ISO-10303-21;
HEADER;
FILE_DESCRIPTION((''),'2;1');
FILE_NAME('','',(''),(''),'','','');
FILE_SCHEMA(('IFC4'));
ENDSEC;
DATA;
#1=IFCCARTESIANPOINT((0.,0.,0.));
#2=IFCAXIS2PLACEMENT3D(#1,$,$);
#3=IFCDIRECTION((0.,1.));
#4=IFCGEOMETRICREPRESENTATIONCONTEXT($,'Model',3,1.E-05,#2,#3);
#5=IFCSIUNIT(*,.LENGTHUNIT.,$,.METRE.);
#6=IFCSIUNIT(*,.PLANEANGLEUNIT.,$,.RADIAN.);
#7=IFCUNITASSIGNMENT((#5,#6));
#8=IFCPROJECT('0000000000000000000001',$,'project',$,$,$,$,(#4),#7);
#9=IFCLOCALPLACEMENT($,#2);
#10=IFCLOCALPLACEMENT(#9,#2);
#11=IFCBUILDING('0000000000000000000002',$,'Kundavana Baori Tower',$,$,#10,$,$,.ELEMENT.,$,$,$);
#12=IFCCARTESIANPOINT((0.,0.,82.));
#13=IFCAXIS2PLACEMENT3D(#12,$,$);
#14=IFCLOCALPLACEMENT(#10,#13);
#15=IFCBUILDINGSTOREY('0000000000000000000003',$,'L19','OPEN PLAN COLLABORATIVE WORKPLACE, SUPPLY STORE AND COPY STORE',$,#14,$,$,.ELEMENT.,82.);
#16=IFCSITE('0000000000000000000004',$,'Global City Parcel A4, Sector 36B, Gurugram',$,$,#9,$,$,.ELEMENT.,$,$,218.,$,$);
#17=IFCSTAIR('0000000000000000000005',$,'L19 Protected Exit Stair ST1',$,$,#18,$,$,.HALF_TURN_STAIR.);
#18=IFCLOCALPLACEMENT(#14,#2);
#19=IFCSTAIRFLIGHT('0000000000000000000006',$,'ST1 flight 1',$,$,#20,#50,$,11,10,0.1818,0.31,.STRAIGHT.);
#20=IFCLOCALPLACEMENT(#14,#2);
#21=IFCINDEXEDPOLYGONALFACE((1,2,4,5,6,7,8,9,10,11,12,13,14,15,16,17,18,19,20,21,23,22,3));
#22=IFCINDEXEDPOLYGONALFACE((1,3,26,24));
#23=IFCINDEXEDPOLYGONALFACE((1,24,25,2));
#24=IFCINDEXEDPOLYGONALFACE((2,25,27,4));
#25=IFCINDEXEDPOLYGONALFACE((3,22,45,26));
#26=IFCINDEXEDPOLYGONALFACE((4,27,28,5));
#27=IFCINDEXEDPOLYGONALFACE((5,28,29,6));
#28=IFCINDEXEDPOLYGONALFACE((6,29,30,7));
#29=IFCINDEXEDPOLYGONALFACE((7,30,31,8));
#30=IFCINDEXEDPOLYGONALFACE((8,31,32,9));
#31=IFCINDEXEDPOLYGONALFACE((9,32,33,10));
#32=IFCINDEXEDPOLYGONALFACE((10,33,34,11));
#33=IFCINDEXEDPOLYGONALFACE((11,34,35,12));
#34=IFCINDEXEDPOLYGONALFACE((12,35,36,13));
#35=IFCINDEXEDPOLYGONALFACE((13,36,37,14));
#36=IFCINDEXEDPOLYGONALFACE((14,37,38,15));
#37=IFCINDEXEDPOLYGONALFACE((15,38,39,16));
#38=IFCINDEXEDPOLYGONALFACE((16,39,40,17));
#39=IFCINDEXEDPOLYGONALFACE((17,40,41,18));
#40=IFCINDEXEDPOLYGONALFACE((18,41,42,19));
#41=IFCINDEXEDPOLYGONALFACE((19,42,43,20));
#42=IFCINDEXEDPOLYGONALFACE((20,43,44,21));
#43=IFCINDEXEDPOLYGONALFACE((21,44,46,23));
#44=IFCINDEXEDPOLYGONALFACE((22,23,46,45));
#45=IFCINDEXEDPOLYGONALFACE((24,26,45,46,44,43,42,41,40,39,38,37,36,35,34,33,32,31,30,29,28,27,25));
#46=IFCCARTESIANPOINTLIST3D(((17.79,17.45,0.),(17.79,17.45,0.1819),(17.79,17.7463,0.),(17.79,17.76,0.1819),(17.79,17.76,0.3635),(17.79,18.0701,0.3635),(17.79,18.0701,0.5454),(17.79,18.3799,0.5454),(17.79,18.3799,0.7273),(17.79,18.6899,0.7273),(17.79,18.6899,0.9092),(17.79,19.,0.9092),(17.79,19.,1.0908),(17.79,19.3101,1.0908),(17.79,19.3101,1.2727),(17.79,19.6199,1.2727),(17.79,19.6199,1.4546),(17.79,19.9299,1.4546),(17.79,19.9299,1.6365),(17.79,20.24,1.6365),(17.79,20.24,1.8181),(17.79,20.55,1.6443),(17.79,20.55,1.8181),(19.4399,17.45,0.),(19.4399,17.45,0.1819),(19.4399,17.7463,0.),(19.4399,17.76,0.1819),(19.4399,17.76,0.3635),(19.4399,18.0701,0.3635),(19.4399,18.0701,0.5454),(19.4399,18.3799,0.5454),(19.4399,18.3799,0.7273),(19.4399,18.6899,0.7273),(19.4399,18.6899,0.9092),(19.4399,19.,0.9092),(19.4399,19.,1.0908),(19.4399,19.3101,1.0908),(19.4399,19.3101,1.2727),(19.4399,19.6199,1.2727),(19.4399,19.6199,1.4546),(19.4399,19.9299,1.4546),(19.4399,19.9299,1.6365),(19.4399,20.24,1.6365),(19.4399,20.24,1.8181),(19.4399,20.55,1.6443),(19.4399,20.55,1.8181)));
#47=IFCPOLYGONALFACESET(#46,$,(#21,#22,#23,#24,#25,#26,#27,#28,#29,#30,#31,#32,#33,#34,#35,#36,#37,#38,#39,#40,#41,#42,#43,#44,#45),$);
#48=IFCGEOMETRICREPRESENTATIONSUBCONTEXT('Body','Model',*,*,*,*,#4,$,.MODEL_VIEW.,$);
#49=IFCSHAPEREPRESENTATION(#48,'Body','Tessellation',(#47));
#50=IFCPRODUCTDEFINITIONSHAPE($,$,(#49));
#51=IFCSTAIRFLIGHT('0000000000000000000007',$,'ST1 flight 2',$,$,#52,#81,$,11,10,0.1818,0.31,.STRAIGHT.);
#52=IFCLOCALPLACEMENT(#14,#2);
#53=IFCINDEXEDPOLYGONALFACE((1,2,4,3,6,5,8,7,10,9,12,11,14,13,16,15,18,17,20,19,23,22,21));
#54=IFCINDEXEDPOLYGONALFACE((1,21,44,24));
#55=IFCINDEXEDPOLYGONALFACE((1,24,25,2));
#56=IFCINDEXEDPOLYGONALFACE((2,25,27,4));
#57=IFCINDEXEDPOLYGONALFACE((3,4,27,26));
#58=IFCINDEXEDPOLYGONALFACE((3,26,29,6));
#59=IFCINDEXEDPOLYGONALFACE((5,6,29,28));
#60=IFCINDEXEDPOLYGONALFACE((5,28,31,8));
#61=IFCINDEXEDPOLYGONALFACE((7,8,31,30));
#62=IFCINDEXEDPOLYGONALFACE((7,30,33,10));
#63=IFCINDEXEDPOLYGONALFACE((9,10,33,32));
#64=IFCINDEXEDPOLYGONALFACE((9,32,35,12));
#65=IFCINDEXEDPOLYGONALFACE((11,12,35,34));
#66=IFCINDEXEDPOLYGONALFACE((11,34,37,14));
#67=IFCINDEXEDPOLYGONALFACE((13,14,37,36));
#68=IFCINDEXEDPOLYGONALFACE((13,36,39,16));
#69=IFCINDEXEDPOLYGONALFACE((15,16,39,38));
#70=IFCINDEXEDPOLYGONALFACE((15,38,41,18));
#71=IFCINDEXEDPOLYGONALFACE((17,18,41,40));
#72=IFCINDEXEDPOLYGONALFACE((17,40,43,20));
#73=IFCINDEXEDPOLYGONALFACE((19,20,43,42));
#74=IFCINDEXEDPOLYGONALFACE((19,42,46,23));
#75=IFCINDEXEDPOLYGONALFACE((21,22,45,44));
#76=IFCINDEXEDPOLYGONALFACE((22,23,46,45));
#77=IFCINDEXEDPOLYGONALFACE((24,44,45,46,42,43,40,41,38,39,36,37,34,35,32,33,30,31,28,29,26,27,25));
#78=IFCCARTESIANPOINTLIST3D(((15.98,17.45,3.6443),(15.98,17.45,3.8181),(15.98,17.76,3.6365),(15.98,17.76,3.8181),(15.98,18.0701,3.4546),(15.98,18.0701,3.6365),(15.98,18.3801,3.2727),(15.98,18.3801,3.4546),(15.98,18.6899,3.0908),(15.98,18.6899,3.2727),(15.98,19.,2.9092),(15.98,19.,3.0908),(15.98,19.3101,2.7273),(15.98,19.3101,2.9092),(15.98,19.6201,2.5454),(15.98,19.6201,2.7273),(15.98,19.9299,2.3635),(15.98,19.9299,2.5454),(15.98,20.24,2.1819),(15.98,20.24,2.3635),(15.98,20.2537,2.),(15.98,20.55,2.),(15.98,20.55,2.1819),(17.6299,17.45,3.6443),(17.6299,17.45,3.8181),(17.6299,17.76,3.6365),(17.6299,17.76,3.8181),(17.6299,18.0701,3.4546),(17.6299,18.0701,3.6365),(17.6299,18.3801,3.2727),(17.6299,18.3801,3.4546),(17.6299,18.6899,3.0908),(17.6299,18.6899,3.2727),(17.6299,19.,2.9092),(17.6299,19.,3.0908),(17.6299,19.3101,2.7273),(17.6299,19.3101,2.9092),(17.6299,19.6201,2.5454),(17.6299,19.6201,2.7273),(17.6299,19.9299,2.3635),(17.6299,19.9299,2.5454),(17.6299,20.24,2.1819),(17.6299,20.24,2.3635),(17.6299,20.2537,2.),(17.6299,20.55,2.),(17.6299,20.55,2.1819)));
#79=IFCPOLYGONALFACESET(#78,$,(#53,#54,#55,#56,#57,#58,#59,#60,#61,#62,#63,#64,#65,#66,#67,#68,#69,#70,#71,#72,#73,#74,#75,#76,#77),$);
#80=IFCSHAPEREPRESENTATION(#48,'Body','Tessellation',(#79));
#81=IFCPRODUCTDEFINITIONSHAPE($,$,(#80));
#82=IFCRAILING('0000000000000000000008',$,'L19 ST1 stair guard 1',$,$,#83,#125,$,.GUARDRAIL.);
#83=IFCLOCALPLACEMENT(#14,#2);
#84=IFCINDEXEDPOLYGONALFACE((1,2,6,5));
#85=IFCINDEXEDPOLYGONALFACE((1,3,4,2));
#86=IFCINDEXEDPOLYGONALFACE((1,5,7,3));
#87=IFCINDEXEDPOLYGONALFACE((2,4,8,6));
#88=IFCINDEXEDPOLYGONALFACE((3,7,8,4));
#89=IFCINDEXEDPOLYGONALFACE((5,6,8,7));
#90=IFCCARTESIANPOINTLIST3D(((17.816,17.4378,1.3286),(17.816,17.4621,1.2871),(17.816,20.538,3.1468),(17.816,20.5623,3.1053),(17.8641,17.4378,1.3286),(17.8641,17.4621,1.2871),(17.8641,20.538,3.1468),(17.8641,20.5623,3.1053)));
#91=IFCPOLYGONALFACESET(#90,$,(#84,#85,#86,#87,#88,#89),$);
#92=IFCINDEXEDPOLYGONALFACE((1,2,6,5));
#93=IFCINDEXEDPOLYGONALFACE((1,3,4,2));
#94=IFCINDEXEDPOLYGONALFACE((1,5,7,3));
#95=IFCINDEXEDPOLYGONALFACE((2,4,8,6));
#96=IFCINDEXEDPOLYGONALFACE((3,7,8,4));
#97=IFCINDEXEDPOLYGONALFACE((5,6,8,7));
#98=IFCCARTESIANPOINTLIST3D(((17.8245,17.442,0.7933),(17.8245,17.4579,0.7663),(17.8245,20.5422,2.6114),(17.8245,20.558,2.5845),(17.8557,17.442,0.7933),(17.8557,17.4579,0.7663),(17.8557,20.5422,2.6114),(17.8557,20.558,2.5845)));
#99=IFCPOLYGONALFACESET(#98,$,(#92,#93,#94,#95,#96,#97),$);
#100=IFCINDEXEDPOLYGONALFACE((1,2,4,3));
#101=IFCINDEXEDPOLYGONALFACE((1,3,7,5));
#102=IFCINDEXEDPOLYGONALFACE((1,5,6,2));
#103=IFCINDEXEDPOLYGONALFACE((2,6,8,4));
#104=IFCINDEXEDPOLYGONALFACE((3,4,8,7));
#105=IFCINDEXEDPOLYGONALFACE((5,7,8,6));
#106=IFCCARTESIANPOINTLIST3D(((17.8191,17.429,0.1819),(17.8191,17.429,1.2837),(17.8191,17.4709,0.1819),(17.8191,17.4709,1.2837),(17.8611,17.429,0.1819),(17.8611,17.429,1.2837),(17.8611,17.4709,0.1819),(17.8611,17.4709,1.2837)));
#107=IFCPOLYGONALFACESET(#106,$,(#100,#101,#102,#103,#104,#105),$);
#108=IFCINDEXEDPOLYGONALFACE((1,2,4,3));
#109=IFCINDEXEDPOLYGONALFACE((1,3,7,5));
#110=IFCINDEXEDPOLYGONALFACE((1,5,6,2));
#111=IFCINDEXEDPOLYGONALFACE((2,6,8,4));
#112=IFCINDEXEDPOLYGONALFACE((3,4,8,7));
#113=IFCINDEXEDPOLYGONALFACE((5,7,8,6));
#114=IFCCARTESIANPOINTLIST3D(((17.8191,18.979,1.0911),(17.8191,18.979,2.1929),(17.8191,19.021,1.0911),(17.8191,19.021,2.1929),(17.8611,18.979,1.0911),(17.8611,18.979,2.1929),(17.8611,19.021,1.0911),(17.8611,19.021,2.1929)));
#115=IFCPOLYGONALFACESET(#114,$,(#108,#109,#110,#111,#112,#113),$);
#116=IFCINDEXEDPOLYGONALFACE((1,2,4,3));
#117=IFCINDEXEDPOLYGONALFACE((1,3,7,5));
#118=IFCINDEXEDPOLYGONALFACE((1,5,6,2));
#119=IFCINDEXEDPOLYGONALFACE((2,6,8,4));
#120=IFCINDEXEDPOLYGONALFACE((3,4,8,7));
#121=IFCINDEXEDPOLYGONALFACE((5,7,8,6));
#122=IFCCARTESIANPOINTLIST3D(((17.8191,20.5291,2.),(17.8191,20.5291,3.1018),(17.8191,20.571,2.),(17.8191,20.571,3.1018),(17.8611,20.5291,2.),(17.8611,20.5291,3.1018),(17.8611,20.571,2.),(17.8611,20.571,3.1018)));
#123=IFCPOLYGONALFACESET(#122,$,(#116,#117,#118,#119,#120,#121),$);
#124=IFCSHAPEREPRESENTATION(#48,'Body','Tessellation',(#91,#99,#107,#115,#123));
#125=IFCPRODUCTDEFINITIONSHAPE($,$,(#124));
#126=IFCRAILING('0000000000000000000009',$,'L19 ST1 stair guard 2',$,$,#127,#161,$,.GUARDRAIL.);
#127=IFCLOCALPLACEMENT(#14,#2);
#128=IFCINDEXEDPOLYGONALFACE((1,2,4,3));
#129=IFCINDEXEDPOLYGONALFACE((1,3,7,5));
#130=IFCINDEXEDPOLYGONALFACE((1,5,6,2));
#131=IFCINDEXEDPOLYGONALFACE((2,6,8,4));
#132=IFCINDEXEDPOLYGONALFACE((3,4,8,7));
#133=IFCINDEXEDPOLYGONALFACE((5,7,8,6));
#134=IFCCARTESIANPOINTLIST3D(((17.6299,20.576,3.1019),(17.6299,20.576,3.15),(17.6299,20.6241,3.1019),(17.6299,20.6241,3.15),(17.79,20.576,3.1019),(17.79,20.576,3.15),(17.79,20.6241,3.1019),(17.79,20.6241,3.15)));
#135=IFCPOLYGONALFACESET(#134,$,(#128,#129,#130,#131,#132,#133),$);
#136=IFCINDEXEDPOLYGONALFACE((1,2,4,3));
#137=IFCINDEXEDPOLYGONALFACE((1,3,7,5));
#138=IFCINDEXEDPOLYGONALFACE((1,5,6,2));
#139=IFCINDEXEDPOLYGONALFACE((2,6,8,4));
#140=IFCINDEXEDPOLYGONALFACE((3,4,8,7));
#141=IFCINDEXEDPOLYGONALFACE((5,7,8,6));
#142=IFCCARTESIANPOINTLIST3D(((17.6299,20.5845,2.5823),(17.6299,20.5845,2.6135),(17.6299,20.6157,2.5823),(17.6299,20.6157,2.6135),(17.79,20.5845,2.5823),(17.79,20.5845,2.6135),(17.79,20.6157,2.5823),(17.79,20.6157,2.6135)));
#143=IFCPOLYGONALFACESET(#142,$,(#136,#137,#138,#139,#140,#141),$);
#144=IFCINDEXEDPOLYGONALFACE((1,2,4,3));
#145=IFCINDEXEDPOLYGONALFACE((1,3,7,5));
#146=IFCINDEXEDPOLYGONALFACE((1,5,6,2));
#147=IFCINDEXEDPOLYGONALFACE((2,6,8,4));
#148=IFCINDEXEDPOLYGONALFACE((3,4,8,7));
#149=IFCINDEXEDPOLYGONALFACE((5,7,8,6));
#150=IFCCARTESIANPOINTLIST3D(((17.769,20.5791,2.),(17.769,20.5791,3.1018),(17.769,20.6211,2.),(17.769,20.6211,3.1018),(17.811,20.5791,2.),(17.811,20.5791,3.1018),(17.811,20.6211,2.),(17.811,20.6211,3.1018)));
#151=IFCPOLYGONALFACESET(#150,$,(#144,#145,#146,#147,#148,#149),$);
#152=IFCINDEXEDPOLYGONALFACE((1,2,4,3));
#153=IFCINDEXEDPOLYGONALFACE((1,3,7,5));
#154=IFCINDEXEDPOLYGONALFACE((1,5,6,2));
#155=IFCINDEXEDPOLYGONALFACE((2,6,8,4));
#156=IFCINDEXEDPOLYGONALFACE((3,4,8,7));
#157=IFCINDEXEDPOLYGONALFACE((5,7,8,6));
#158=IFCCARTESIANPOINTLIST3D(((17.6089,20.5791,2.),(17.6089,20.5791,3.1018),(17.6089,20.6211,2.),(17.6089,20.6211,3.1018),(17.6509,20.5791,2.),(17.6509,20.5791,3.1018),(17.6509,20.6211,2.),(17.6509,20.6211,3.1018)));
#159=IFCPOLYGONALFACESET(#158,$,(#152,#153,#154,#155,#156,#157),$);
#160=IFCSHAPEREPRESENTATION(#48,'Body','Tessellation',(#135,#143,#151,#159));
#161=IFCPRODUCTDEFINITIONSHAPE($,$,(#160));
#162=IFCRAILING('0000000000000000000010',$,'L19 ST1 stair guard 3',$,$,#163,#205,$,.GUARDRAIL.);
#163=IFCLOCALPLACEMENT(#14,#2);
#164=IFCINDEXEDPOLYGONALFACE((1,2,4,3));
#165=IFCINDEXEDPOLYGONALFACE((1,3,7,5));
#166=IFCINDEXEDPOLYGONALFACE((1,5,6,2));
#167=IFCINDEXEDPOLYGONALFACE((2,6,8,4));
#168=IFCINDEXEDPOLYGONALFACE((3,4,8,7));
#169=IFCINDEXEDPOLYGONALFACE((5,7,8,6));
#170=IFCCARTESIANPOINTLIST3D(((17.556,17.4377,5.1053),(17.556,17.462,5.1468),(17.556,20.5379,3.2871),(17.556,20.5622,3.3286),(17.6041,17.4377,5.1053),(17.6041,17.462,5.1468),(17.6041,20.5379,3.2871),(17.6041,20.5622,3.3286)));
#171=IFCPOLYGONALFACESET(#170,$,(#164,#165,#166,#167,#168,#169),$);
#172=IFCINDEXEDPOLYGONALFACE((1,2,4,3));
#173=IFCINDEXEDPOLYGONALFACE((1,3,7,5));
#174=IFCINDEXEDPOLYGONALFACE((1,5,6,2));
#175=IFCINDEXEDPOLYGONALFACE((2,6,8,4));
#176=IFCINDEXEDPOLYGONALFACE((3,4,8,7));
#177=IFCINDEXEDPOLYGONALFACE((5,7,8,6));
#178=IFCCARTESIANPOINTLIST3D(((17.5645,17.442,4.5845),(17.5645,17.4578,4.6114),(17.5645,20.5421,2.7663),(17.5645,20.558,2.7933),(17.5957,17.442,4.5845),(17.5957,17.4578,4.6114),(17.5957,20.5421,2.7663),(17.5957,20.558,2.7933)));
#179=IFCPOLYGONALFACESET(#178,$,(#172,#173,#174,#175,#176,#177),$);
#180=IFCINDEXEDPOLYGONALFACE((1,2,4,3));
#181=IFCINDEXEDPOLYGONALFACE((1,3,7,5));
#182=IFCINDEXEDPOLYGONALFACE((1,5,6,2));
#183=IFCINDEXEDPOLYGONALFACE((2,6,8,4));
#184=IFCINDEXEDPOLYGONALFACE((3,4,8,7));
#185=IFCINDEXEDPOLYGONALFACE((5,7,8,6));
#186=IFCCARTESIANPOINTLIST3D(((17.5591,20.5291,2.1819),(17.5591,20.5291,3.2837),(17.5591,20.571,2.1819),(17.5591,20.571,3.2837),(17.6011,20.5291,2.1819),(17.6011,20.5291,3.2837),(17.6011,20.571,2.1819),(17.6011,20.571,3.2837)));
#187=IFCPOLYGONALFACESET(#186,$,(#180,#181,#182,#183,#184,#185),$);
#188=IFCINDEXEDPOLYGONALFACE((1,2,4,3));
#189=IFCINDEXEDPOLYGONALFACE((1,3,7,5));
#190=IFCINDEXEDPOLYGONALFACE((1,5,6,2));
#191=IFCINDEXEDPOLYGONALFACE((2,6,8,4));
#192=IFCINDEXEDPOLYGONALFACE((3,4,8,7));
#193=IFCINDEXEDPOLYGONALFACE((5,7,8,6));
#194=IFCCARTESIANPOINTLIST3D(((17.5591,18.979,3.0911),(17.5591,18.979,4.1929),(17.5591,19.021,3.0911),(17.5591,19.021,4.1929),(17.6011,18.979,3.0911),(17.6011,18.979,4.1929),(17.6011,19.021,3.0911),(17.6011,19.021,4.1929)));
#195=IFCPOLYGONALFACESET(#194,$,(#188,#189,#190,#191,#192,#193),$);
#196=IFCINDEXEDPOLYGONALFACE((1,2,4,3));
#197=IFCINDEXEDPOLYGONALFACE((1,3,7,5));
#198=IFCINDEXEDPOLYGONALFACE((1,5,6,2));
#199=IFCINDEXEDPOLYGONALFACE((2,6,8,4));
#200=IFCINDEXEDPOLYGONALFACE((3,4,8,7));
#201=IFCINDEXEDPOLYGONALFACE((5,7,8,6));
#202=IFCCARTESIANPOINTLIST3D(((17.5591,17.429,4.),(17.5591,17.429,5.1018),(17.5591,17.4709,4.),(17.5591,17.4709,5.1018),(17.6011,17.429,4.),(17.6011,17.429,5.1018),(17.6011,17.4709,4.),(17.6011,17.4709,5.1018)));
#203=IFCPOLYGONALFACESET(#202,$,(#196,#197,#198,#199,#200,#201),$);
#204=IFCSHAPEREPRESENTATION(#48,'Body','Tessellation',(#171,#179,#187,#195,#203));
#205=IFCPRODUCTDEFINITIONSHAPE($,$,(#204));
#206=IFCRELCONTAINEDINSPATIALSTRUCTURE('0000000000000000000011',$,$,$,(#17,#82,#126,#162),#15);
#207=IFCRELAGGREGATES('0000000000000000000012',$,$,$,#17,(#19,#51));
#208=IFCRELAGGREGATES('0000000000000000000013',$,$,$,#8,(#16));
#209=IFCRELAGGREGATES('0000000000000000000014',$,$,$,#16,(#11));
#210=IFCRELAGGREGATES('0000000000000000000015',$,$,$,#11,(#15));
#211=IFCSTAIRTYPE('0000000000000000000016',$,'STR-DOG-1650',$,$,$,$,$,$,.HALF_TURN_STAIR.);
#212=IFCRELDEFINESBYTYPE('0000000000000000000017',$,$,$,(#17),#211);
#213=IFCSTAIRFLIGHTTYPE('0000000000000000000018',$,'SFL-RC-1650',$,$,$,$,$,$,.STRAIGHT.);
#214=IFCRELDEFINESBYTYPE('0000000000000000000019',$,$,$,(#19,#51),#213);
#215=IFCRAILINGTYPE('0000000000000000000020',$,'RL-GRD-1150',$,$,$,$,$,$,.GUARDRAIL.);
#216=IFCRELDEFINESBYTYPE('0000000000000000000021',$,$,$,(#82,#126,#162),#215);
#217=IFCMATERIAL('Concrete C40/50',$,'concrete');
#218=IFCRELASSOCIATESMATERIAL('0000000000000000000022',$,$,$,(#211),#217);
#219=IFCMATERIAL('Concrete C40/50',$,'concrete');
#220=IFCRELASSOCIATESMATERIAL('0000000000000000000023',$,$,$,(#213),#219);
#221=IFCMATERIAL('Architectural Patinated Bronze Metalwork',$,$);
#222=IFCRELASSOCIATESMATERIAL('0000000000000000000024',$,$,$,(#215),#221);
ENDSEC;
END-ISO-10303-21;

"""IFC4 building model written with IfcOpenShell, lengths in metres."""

from ifc_helpers import new_model, si_unit, direction, frame, origin, origin_2d, place, context, subcontext, project, spatial, polyline, rectangle, outline, extrude, material, type_object, element, aggregate, save


model = new_model("IFC4")

# Units and contexts
model_context = context("Model", 3, precision=1e-05, world=origin(), true_north=direction((0.0, 1.0)))
body_context = subcontext(model_context, "Body", "Model", "MODEL_VIEW")
ifc_project = project(units=[si_unit("LENGTHUNIT", "METRE"), si_unit("PLANEANGLEUNIT", "RADIAN")], contexts=[model_context])

# Site, building, storey
site_placement = place(None, origin())
site = spatial("IfcSite", under=ifc_project, at=site_placement, Name="Global City Parcel A4, Sector 36B, Gurugram", CompositionType="ELEMENT", RefElevation=218.0)
building_placement = place(site_placement, origin())
building = spatial("IfcBuilding", under=site, at=building_placement, Name="Kundavana Baori Tower", CompositionType="ELEMENT")
storey_placement = place(building_placement, frame((0.0, 0.0, 82.0)))
storey = spatial("IfcBuildingStorey", under=building, at=storey_placement, Name="L19", Description="OPEN PLAN COLLABORATIVE WORKPLACE, SUPPLY STORE AND COPY STORE", CompositionType="ELEMENT", Elevation=82.0)

# Stair, stair flights
ifc_material_1 = material(Name="Concrete C40/50", Category="concrete")
stair_type = type_object("IfcStairType", Name="STR-DOG-1650", PredefinedType="HALF_TURN_STAIR", material=ifc_material_1)
stair_placement = place(storey_placement, origin())
stair = element("IfcStair", 1, at=stair_placement, inside=storey, type_object=stair_type, Name="L19 Protected Exit Stair ST1", PredefinedType="HALF_TURN_STAIR")
ifc_material_2 = material(Name="Concrete C40/50", Category="concrete")
stair_flight_type = type_object("IfcStairFlightType", Name="SFL-RC-1650", PredefinedType="STRAIGHT", material=ifc_material_2)
stair_flight_1_placement = place(storey_placement, frame((18.615, 17.45, 0.0), z_axis=(0.0, 0.0, 1.0), x_axis=(0.0, 1.0, 0.0)))
stair_flight_1 = element("IfcStairFlight", 2, at=stair_flight_1_placement, type_object=stair_flight_type, Name="ST1 flight 1", NumberOfRisers=11, NumberOfTreads=10, PredefinedType="STRAIGHT", RiserHeight=0.1818, TreadLength=0.31, context=body_context, shape_type="SweptSolid", body=[
    extrude(outline(polyline([(0.0, 0.0), (0.0, 0.1819), (0.3101, 0.1819), (0.3101, 0.3635), (0.6201, 0.3635), (0.6201, 0.5454), (0.9299, 0.5454), (0.9299, 0.7273), (1.24, 0.7273), (1.24, 0.9092), (1.55, 0.9092), (1.55, 1.0908), (1.8601, 1.0908), (1.8601, 1.2727), (2.1699, 1.2727), (2.1699, 1.4546), (2.48, 1.4546), (2.48, 1.6365), (2.79, 1.6365), (2.79, 1.8181), (3.1001, 1.8181), (3.1001, 2.0), (3.1001, 1.6443), (0.2964, 0.0), (0.0, 0.0)])), frame((0.0, 0.825, 0.0), z_axis=(0.0, -1.0, 0.0), x_axis=(1.0, 0.0, 0.0)), (0.0, 0.0, 1.0), 1.6499),
])
stair_flight_2_placement = place(storey_placement, frame((16.8049, 20.55, 2.0), z_axis=(0.0, 0.0, 1.0), x_axis=(0.0, -1.0, 0.0)))
stair_flight_2 = element("IfcStairFlight", 3, at=stair_flight_2_placement, type_object=stair_flight_type, Name="ST1 flight 2", NumberOfRisers=11, NumberOfTreads=10, PredefinedType="STRAIGHT", RiserHeight=0.1818, TreadLength=0.31, context=body_context, shape_type="SweptSolid", body=[
    extrude(outline(polyline([(0.0, 0.0), (0.0, 0.1819), (0.3101, 0.1819), (0.3101, 0.3635), (0.6201, 0.3635), (0.6201, 0.5454), (0.9299, 0.5454), (0.9299, 0.7273), (1.24, 0.7273), (1.24, 0.9092), (1.55, 0.9092), (1.55, 1.0908), (1.8601, 1.0908), (1.8601, 1.2727), (2.1699, 1.2727), (2.1699, 1.4546), (2.48, 1.4546), (2.48, 1.6365), (2.79, 1.6365), (2.79, 1.8181), (3.1001, 1.8181), (3.1001, 2.0), (3.1001, 1.6443), (0.2964, 0.0), (0.0, 0.0)])), frame((0.0, 0.825, 0.0), z_axis=(0.0, -1.0, 0.0), x_axis=(1.0, 0.0, 0.0)), (0.0, 0.0, 1.0), 1.6499),
])
aggregate(stair, [stair_flight_1, stair_flight_2])

# Railings
ifc_material_3 = material(Name="Architectural Patinated Bronze Metalwork")
railing_type_1 = type_object("IfcRailingType", Name="RL-GRD-1150", PredefinedType="GUARDRAIL", material=ifc_material_3)
railing_1_placement = place(storey_placement, frame((17.8401, 17.45, 0.1819)))
element("IfcRailing", 4, at=railing_1_placement, inside=storey, type_object=railing_type_1, Name="L19 ST1 stair guard 1", PredefinedType="GUARDRAIL", context=body_context, shape_type="SweptSolid", body=[
    extrude(rectangle(XDim=0.0481, YDim=0.0481, at=origin_2d()), frame((0.0, 0.0, 1.126), z_axis=(0.0, 0.862599, 0.505889), x_axis=(-1.0, 0.0, 0.0)), (0.0, 0.0, 1.0), 3.594),
    extrude(rectangle(XDim=0.0312, YDim=0.0312, at=origin_2d()), frame((0.0, 0.0, 0.5979), z_axis=(0.0, 0.862599, 0.505889), x_axis=(-1.0, 0.0, 0.0)), (0.0, 0.0, 1.0), 3.594),
    extrude(rectangle(XDim=0.042, YDim=0.042, at=origin_2d()), origin(), (0.0, 0.0, 1.0), 1.1018),
    extrude(rectangle(XDim=0.042, YDim=0.042, at=origin_2d()), frame((0.0, 1.55, 0.9092)), (0.0, 0.0, 1.0), 1.1018),
    extrude(rectangle(XDim=0.042, YDim=0.042, at=origin_2d()), frame((0.0, 3.1001, 1.8181)), (0.0, 0.0, 1.0), 1.1018),
])
railing_2_placement = place(storey_placement, frame((17.79, 20.6001, 2.0)))
element("IfcRailing", 5, at=railing_2_placement, inside=storey, type_object=railing_type_1, Name="L19 ST1 stair guard 2", PredefinedType="GUARDRAIL", context=body_context, shape_type="SweptSolid", body=[
    extrude(rectangle(XDim=0.0481, YDim=0.0481, at=origin_2d()), frame((0.0, 0.0, 1.126), z_axis=(-1.0, 0.0, 0.0), x_axis=(0.0, -1.0, 0.0)), (0.0, 0.0, 1.0), 0.1602),
    extrude(rectangle(XDim=0.0312, YDim=0.0312, at=origin_2d()), frame((0.0, 0.0, 0.5979), z_axis=(-1.0, 0.0, 0.0), x_axis=(0.0, -1.0, 0.0)), (0.0, 0.0, 1.0), 0.1602),
    extrude(rectangle(XDim=0.042, YDim=0.042, at=origin_2d()), origin(), (0.0, 0.0, 1.0), 1.1018),
    extrude(rectangle(XDim=0.042, YDim=0.042, at=origin_2d()), frame((-0.1602, 0.0, 0.0)), (0.0, 0.0, 1.0), 1.1018),
])
railing_3_placement = place(storey_placement, frame((17.5801, 20.55, 2.1819)))
element("IfcRailing", 6, at=railing_3_placement, inside=storey, type_object=railing_type_1, Name="L19 ST1 stair guard 3", PredefinedType="GUARDRAIL", context=body_context, shape_type="SweptSolid", body=[
    extrude(rectangle(XDim=0.0481, YDim=0.0481, at=origin_2d()), frame((0.0, 0.0, 1.126), z_axis=(0.0, -0.862599, 0.505889), x_axis=(1.0, 0.0, 0.0)), (0.0, 0.0, 1.0), 3.594),
    extrude(rectangle(XDim=0.0312, YDim=0.0312, at=origin_2d()), frame((0.0, 0.0, 0.5979), z_axis=(0.0, -0.862599, 0.505889), x_axis=(1.0, 0.0, 0.0)), (0.0, 0.0, 1.0), 3.594),
    extrude(rectangle(XDim=0.042, YDim=0.042, at=origin_2d()), origin(), (0.0, 0.0, 1.0), 1.1018),
    extrude(rectangle(XDim=0.042, YDim=0.042, at=origin_2d()), frame((0.0, -1.55, 0.9092)), (0.0, 0.0, 1.0), 1.1018),
    extrude(rectangle(XDim=0.042, YDim=0.042, at=origin_2d()), frame((0.0, -3.1001, 1.8181)), (0.0, 0.0, 1.0), 1.1018),
])

save(model, "model.ifc")
